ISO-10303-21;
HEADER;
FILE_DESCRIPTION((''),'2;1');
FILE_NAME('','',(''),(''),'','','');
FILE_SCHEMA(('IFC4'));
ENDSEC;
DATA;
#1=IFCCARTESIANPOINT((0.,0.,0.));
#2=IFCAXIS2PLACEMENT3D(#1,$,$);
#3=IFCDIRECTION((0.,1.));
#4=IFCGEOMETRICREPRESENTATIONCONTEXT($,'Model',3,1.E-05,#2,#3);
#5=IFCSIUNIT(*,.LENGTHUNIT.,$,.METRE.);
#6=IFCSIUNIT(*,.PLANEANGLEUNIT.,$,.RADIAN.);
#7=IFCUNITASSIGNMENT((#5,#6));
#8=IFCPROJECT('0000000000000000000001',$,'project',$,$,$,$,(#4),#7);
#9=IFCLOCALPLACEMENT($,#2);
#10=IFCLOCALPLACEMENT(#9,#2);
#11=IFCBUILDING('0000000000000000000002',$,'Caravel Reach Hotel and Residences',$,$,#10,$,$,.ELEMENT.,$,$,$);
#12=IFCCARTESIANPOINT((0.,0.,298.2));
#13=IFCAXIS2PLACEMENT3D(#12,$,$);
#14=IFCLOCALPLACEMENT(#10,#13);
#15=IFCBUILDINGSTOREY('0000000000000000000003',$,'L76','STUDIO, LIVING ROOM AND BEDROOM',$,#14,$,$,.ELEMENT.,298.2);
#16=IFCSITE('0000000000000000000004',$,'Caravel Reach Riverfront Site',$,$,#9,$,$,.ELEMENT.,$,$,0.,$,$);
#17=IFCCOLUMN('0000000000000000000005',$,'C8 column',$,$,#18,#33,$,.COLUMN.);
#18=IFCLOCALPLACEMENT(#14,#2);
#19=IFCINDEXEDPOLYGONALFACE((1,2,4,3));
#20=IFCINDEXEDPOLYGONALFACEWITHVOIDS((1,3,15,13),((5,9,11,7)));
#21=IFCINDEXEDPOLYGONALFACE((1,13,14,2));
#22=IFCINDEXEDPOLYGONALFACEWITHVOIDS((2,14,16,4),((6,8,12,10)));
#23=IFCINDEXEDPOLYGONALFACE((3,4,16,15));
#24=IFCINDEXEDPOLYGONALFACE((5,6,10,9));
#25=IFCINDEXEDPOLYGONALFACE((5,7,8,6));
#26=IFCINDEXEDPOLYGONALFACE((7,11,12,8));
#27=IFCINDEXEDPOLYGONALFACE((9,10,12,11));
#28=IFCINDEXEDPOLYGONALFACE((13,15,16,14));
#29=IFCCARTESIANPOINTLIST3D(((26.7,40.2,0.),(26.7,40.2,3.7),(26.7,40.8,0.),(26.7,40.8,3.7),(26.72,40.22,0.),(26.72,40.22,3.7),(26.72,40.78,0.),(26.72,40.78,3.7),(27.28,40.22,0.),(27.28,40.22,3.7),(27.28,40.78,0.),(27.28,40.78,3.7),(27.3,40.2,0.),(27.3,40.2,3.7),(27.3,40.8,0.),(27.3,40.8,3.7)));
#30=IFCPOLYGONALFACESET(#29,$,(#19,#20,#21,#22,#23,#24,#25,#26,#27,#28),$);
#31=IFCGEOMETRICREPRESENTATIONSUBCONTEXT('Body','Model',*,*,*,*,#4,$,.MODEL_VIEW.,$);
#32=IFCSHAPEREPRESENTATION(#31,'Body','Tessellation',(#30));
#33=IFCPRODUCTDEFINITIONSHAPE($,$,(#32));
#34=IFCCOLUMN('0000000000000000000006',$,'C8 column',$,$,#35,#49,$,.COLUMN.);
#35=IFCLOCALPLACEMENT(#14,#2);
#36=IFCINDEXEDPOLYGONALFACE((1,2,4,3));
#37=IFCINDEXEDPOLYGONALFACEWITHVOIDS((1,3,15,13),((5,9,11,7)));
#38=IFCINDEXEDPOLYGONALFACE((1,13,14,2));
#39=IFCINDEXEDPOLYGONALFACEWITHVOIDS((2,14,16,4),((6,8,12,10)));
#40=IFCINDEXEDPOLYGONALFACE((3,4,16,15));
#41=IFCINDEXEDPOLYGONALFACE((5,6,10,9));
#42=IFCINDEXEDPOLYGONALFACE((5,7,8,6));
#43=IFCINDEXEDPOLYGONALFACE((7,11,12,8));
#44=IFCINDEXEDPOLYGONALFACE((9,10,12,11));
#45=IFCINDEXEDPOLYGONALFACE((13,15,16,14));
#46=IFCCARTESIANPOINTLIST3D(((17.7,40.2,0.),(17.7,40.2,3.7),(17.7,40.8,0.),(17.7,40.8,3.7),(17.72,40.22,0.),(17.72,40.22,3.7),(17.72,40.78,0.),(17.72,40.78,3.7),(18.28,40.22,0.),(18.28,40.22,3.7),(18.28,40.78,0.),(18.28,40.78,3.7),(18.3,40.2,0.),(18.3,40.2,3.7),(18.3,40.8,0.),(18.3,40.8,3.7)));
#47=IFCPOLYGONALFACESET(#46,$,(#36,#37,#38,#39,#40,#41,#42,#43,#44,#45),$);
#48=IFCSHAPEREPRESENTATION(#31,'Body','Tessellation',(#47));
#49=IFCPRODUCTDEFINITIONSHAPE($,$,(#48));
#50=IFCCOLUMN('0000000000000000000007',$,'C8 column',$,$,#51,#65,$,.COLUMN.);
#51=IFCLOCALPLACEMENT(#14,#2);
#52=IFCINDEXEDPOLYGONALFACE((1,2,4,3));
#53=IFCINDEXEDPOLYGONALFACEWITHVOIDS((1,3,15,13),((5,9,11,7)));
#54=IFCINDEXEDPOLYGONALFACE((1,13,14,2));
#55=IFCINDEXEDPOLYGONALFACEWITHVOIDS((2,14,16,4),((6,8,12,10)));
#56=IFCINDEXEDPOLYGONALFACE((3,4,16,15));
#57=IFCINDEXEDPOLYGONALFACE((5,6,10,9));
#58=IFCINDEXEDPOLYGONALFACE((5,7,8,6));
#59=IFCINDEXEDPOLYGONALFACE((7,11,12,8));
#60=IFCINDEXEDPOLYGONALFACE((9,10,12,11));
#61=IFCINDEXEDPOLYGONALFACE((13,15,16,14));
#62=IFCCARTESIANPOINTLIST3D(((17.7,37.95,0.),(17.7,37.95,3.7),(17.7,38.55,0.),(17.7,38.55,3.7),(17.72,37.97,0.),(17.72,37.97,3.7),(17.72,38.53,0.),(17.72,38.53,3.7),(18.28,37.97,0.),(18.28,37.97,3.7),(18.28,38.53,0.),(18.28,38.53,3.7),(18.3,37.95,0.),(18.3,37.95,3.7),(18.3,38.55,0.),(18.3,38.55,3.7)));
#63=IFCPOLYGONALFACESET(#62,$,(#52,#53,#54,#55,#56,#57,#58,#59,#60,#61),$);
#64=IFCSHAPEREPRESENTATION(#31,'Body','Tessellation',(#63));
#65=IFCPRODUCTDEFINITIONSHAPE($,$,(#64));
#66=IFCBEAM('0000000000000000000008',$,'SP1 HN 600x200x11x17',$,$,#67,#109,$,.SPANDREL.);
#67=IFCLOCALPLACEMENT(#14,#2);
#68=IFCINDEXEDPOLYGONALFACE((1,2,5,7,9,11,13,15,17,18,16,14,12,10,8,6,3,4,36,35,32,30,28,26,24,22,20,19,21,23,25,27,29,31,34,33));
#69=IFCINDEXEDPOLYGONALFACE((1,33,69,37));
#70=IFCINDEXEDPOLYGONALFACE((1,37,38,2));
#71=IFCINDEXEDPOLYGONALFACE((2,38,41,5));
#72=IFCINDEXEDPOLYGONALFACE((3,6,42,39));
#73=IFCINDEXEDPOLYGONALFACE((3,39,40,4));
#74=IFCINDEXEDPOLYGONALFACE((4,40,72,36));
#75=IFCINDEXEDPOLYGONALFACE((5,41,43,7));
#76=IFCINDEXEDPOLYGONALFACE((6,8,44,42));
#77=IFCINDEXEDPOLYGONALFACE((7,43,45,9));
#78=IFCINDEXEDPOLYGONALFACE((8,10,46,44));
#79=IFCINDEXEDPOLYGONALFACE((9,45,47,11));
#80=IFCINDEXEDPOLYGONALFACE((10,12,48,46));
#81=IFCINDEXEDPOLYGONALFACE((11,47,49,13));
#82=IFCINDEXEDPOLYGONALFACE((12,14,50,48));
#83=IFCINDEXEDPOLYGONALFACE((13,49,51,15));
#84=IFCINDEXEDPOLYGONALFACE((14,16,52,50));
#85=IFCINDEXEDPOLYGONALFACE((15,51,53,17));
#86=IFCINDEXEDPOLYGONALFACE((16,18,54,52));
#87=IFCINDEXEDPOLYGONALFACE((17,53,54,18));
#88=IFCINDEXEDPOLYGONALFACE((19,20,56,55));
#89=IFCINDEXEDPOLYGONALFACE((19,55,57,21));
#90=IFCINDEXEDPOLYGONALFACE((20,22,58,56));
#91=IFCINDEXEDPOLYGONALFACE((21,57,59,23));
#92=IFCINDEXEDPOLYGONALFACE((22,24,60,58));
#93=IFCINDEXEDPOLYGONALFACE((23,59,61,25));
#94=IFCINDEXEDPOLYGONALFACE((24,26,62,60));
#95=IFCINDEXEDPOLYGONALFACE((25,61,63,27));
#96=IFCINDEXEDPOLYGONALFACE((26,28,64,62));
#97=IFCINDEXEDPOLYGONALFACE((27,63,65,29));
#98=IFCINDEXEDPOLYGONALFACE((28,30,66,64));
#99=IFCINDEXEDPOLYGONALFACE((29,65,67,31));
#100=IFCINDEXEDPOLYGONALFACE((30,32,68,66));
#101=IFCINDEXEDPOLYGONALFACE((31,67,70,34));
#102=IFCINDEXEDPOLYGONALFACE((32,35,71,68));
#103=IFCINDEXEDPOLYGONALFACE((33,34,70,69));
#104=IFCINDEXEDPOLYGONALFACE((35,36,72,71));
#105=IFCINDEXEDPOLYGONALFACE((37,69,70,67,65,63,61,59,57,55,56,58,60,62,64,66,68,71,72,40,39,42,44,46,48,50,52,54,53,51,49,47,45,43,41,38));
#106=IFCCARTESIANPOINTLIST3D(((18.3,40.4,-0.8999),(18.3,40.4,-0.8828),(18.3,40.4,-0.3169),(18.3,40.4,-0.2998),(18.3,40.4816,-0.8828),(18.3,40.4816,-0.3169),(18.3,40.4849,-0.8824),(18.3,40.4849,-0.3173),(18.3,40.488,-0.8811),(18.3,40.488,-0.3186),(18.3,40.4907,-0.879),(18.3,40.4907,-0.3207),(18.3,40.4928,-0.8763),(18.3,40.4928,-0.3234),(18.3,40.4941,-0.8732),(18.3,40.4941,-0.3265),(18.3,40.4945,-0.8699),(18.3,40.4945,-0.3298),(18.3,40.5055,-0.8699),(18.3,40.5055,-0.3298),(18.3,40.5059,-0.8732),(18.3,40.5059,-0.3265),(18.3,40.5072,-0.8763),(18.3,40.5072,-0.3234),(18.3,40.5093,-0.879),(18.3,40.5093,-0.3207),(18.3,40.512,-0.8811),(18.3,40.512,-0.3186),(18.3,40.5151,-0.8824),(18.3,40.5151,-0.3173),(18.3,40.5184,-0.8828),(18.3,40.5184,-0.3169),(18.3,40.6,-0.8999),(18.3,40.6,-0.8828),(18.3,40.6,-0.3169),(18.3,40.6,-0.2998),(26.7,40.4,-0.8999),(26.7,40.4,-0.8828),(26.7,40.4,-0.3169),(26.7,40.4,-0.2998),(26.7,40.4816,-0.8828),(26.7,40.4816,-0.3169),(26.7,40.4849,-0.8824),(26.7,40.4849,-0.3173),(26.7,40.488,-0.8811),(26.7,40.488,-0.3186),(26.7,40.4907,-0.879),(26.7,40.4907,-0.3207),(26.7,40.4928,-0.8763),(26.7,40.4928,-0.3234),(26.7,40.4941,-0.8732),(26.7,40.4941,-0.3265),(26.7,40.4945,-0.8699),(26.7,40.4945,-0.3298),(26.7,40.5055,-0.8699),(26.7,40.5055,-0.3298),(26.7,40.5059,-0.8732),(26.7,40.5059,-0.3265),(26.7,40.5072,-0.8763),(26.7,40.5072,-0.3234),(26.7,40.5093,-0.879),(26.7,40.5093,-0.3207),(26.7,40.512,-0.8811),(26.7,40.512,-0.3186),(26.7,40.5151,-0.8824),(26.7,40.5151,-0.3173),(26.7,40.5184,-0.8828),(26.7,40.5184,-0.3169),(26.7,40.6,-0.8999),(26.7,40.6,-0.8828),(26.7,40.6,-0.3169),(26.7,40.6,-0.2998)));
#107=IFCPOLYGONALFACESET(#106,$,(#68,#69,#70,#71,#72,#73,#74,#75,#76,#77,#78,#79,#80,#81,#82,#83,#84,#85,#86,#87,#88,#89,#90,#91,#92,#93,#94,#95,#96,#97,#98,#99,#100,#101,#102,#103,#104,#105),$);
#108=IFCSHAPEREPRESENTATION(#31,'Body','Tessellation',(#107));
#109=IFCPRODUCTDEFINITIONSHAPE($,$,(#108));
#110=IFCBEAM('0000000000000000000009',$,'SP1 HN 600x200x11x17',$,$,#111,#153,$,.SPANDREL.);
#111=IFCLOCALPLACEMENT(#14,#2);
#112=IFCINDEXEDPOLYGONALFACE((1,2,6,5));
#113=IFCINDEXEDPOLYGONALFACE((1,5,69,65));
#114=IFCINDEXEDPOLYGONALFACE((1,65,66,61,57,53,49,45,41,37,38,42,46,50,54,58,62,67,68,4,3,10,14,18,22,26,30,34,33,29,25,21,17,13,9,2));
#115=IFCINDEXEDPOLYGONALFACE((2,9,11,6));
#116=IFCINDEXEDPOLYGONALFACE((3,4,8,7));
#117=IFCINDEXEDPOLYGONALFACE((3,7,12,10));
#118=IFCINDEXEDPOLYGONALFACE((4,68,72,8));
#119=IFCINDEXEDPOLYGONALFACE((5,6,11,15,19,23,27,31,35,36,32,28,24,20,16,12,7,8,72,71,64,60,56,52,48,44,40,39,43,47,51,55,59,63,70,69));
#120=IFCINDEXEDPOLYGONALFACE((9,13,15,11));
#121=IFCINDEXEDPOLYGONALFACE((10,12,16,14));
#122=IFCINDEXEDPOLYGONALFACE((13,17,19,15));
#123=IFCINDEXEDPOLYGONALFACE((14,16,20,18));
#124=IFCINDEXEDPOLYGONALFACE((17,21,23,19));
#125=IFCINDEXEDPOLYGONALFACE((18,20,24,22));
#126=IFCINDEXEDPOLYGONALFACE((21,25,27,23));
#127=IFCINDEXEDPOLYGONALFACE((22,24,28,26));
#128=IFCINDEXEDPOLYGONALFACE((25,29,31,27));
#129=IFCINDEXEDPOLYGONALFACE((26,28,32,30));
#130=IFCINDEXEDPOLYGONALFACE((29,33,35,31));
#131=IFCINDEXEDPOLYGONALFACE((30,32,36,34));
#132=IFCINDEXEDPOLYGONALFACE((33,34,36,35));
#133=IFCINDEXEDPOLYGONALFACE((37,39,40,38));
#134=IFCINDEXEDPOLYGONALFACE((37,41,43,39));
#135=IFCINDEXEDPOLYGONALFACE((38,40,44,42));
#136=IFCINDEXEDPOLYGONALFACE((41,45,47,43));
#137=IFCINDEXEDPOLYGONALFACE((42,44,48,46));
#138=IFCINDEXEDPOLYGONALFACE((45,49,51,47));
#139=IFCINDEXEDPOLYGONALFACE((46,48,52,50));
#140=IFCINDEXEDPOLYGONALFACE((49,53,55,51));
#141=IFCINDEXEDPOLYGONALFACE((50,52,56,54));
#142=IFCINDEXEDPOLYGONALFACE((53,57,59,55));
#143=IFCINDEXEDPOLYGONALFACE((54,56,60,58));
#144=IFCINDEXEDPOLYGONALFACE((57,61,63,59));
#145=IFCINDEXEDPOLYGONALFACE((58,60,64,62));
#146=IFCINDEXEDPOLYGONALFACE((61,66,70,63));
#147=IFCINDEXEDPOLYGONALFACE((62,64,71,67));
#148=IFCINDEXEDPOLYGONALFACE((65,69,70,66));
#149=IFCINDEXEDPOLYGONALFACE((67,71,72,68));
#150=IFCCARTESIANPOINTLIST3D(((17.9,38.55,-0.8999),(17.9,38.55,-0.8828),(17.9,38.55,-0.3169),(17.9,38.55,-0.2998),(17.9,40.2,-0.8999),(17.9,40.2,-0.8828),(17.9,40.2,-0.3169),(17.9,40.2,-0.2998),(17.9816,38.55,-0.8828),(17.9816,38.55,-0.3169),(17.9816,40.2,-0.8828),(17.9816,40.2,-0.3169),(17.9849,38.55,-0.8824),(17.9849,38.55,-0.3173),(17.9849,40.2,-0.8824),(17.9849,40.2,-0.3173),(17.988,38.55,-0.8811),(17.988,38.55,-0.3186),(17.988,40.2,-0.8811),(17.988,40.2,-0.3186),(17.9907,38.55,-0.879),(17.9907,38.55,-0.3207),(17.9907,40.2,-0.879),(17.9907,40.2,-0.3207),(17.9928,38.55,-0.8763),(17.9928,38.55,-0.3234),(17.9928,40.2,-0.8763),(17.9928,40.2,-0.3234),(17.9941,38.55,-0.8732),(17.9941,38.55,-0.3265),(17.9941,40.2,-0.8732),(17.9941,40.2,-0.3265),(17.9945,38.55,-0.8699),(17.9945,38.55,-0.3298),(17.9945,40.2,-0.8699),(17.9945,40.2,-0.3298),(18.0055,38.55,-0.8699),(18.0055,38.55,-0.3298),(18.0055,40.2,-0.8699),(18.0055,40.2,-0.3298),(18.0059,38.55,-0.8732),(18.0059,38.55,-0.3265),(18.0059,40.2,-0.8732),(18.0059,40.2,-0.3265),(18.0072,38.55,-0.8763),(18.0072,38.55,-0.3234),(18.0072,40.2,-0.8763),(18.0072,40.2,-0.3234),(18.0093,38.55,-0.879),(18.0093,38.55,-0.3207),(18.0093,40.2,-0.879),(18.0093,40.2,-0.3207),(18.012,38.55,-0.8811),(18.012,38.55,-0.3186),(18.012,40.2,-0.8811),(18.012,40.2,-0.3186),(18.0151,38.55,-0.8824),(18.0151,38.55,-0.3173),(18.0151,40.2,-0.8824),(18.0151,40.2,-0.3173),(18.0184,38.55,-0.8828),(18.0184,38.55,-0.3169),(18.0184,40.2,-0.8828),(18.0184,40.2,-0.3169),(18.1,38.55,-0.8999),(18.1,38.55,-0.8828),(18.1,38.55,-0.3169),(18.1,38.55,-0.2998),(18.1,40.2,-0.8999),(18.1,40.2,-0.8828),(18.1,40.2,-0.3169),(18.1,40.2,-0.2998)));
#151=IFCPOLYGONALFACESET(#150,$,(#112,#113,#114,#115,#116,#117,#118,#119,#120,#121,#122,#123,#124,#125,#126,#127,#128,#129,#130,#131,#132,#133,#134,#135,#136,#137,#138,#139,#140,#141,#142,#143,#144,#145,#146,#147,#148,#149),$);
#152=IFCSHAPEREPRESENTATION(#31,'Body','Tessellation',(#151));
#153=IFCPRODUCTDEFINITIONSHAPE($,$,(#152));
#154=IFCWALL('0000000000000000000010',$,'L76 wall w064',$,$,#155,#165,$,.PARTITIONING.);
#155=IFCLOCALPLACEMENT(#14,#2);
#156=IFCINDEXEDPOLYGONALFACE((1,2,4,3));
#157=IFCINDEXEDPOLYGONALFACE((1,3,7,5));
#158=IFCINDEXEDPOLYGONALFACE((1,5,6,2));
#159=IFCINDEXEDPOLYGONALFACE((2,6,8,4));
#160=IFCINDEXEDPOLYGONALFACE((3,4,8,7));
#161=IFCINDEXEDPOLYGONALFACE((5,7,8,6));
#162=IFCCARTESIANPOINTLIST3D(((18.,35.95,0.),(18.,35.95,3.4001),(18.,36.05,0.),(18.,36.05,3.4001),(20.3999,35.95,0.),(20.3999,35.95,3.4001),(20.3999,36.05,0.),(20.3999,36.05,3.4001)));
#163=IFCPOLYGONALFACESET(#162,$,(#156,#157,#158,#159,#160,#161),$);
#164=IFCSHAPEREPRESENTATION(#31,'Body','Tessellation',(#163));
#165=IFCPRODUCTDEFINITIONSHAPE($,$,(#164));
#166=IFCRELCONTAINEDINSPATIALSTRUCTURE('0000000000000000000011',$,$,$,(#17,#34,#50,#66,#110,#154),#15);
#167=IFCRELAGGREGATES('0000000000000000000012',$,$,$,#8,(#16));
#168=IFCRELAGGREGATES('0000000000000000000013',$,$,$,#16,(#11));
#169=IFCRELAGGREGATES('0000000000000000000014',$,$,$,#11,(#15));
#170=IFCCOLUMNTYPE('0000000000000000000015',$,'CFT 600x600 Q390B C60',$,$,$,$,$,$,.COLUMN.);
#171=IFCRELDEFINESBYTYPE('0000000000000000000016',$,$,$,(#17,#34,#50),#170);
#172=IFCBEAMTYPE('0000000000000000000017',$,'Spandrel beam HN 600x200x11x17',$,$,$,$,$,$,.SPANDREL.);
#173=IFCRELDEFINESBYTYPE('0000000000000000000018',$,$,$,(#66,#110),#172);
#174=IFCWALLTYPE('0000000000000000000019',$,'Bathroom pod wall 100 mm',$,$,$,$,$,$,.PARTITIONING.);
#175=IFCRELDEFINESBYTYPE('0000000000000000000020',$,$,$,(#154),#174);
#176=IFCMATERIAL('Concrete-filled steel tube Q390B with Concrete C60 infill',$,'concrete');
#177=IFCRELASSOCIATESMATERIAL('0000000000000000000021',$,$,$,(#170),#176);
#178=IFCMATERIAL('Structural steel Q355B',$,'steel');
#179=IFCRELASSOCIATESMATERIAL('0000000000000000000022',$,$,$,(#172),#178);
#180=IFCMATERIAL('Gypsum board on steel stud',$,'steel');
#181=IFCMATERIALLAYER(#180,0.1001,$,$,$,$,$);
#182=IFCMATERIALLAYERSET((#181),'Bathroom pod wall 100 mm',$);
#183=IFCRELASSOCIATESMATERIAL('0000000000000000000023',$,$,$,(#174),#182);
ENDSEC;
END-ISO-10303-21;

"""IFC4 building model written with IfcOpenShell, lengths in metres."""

from ifc_helpers import new_model, si_unit, direction, frame, frame_2d, origin, origin_2d, place, context, subcontext, project, spatial, rectangle, hollow_rectangle, i_section, extrude, material, layer, layer_set, material_profile, profile_set, type_object, element, save


model = new_model("IFC4")

# Units and contexts
model_context = context("Model", 3, precision=1e-05, world=origin(), true_north=direction((0.0, 1.0)))
body_context = subcontext(model_context, "Body", "Model", "MODEL_VIEW")
ifc_project = project(units=[si_unit("LENGTHUNIT", "METRE"), si_unit("PLANEANGLEUNIT", "RADIAN")], contexts=[model_context])

# Site, building, storey
site_placement = place(None, origin())
site = spatial("IfcSite", under=ifc_project, at=site_placement, Name="Caravel Reach Riverfront Site", CompositionType="ELEMENT", RefElevation=0.0)
building_placement = place(site_placement, origin())
building = spatial("IfcBuilding", under=site, at=building_placement, Name="Caravel Reach Hotel and Residences", CompositionType="ELEMENT")
storey_placement = place(building_placement, frame((0.0, 0.0, 298.2)))
storey = spatial("IfcBuildingStorey", under=building, at=storey_placement, Name="L76", Description="STUDIO, LIVING ROOM AND BEDROOM", CompositionType="ELEMENT", Elevation=298.2)

# Columns
ifc_material_1 = material(Name="Concrete-filled steel tube Q390B with Concrete C60 infill", Category="concrete")
ifc_material_profile_1 = material_profile(ifc_material_1, hollow_rectangle(XDim=0.6001, YDim=0.6001, WallThickness=0.02, at=origin_2d()), Name="RHS 600x600x20")
ifc_profile_set_1 = profile_set([ifc_material_profile_1], Name="Concrete-filled steel tube Q390B with Concrete C60 infill")
column_type = type_object("IfcColumnType", Name="CFT 600x600 Q390B C60", PredefinedType="COLUMN", material=ifc_profile_set_1)
for number, where, z_axis, x_axis, name in (
    (1, (27.0, 40.5, 0.0), (0.0, 0.0, 1.0), (1.0, 0.0, 0.0), "C8 column"),
    (2, (18.0, 40.5, 0.0), (0.0, 0.0, 1.0), (1.0, 0.0, 0.0), "C8 column"),
    (3, (18.0, 38.25, 0.0), (0.0, 0.0, 1.0), (1.0, 0.0, 0.0), "C8 column"),
):
    element("IfcColumn", number, at=place(storey_placement, frame(where, z_axis=z_axis, x_axis=x_axis)), inside=storey, type_object=column_type, Name=name, PredefinedType="COLUMN", context=body_context, shape_type="SweptSolid", body=[
        extrude(hollow_rectangle(XDim=0.6001, YDim=0.6001, WallThickness=0.02, at=origin_2d()), origin(), (0.0, 0.0, 1.0), 3.7),
    ])

# Beams
ifc_material_2 = material(Name="Structural steel Q355B", Category="steel")
ifc_material_profile_2 = material_profile(ifc_material_2, i_section(OverallWidth=0.2, OverallDepth=0.6001, WebThickness=0.011, FlangeThickness=0.0171, FilletRadius=0.0129, at=origin_2d()), Name="HN 600x200x11x17")
ifc_profile_set_2 = profile_set([ifc_material_profile_2], Name="Structural steel Q355B")
beam_type = type_object("IfcBeamType", Name="Spandrel beam HN 600x200x11x17", PredefinedType="SPANDREL", material=ifc_profile_set_2)
beam_1_placement = place(storey_placement, frame((26.7, 40.5, -0.5999), z_axis=(-1.0, 0.0, 0.0), x_axis=(0.0, -1.0, 0.0)))
element("IfcBeam", 4, at=beam_1_placement, inside=storey, type_object=beam_type, Name="SP1 HN 600x200x11x17", PredefinedType="SPANDREL", context=body_context, shape_type="SweptSolid", body=[
    extrude(i_section(OverallWidth=0.2, OverallDepth=0.6001, WebThickness=0.011, FlangeThickness=0.0171, FilletRadius=0.0129, at=origin_2d()), origin(), (0.0, 0.0, 1.0), 8.3999),
])
beam_2_placement = place(storey_placement, frame((18.0, 40.2, -0.5999), z_axis=(0.0, -1.0, 0.0), x_axis=(1.0, 0.0, 0.0)))
element("IfcBeam", 5, at=beam_2_placement, inside=storey, type_object=beam_type, Name="SP1 HN 600x200x11x17", PredefinedType="SPANDREL", context=body_context, shape_type="SweptSolid", body=[
    extrude(i_section(OverallWidth=0.2, OverallDepth=0.6001, WebThickness=0.011, FlangeThickness=0.0171, FilletRadius=0.0129, at=origin_2d()), origin(), (0.0, 0.0, 1.0), 1.6499),
])

# Wall
ifc_material_3 = material(Name="Gypsum board on steel stud", Category="steel")
ifc_layer_1 = layer(ifc_material_3, 0.1001)
ifc_layer_set_1 = layer_set([ifc_layer_1], Name="Bathroom pod wall 100 mm")
wall_type_1 = type_object("IfcWallType", Name="Bathroom pod wall 100 mm", PredefinedType="PARTITIONING", material=ifc_layer_set_1)
wall_1_placement = place(storey_placement, frame((18.0, 36.0, 0.0), z_axis=(0.0, 0.0, 1.0), x_axis=(1.0, 0.0, 0.0)))
element("IfcWall", 6, at=wall_1_placement, inside=storey, type_object=wall_type_1, Name="L76 wall w064", PredefinedType="PARTITIONING", context=body_context, shape_type="SweptSolid", body=[
    extrude(rectangle(XDim=2.3999, YDim=0.1001, at=frame_2d((1.2, 0.0))), origin(), (0.0, 0.0, 1.0), 3.4001),
])

save(model, "model.ifc")
